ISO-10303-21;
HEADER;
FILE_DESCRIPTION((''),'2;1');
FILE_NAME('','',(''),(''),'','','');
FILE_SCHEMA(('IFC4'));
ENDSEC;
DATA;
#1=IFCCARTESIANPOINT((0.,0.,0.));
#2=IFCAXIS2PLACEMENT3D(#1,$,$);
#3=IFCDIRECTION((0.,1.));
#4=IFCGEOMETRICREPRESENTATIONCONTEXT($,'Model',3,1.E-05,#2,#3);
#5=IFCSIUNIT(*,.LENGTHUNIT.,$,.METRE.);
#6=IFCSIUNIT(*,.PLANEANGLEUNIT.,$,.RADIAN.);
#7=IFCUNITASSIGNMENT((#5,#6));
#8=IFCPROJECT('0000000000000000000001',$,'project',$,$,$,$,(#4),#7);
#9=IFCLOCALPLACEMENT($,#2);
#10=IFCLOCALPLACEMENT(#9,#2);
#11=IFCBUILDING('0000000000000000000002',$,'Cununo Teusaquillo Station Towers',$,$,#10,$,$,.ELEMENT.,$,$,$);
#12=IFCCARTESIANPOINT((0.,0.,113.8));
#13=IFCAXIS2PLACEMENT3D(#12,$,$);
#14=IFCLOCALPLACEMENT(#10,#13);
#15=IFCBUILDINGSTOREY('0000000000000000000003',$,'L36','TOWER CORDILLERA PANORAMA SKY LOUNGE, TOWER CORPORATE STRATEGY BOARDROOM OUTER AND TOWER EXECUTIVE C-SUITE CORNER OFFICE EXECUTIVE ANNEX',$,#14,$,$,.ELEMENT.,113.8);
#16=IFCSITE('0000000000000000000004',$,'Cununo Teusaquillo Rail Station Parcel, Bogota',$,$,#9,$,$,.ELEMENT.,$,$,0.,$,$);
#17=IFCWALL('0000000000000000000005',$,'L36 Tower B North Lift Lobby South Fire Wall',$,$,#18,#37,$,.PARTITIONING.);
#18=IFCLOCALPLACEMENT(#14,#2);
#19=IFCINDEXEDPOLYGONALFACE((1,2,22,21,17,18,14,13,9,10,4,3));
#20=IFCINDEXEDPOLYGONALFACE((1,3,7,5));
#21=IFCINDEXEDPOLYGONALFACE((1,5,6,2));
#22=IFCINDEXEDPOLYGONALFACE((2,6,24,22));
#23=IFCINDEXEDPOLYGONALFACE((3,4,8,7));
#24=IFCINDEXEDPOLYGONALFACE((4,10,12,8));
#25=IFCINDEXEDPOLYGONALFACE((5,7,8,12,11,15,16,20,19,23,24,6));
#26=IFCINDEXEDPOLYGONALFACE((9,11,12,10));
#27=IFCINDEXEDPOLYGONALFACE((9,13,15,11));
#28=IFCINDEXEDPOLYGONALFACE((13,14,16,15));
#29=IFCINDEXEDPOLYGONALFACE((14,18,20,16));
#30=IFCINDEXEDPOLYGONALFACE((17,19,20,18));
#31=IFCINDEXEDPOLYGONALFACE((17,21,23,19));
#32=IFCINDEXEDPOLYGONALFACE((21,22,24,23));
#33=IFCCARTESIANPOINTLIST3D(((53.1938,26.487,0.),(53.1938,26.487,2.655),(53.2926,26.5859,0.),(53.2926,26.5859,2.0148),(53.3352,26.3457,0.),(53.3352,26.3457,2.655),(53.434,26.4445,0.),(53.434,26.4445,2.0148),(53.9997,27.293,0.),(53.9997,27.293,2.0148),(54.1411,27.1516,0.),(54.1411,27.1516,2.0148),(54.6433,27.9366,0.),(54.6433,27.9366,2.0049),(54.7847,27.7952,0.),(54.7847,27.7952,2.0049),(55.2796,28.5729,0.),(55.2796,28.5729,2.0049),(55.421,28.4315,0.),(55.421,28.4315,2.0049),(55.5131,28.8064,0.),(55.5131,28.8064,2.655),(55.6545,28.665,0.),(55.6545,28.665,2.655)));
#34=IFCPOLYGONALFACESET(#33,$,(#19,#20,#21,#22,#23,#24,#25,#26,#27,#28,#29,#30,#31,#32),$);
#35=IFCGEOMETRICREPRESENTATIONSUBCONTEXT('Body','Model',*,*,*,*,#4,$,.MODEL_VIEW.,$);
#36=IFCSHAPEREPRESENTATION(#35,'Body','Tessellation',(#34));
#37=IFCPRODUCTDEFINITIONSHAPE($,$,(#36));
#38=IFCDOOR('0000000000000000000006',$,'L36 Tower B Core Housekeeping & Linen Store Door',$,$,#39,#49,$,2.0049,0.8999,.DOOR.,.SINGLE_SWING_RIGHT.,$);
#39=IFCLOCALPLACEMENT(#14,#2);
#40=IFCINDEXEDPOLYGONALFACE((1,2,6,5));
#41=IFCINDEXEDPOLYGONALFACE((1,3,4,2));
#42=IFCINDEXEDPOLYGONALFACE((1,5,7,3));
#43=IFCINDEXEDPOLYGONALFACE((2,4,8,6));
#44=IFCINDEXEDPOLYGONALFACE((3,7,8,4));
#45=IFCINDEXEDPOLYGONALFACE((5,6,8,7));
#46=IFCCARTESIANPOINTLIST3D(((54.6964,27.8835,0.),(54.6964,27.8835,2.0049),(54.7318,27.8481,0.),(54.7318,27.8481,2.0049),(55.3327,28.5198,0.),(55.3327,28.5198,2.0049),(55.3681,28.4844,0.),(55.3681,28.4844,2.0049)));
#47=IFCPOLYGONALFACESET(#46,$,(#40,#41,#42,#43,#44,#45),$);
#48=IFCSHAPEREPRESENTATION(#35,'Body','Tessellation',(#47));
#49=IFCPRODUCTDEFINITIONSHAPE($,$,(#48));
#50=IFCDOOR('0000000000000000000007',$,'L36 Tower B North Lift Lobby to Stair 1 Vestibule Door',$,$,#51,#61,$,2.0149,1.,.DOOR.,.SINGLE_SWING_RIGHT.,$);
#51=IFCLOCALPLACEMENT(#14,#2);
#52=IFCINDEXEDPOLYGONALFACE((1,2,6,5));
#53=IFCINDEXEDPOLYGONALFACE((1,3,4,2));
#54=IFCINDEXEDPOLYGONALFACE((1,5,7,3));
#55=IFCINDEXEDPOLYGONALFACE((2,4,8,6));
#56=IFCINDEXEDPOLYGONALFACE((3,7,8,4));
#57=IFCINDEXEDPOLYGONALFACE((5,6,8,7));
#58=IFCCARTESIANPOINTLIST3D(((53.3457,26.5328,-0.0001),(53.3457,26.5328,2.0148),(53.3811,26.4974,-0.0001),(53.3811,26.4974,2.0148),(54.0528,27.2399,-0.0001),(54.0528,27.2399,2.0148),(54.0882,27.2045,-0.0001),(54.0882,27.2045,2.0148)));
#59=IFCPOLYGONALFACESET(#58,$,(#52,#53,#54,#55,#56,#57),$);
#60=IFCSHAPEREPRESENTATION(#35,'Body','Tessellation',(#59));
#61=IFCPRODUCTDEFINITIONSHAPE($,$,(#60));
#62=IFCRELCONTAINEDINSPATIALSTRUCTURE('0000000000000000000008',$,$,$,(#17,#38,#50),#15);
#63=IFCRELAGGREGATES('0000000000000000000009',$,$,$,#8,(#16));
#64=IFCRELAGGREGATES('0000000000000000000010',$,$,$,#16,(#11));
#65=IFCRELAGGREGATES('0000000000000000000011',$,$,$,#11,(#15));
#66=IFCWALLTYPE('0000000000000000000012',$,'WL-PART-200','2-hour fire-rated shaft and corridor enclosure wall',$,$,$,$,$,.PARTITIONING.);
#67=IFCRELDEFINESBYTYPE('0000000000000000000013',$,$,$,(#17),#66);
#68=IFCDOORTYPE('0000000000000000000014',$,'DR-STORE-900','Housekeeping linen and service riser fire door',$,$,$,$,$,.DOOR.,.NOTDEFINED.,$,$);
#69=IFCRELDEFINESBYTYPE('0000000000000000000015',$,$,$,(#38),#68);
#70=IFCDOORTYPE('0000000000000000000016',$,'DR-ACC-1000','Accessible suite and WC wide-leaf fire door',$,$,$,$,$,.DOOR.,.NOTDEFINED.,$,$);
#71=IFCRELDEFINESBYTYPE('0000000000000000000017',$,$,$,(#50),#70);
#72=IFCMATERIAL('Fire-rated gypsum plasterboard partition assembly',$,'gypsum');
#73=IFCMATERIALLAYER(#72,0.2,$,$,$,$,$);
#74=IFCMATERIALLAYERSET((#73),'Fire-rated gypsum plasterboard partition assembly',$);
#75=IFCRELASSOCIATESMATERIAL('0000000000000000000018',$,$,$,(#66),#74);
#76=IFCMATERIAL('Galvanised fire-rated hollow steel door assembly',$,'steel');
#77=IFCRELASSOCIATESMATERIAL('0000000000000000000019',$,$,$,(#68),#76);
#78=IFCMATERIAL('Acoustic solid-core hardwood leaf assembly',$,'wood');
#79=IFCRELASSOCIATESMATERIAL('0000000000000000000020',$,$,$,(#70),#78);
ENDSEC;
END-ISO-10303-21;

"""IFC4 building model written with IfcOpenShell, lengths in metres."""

from ifc_helpers import new_model, si_unit, direction, frame, frame_2d, origin, place, context, subcontext, project, spatial, rectangle, extrude, source, transform, mapped, material, layer, layer_set, type_object, element, fill, save


model = new_model("IFC4")

# Units and contexts
model_context = context("Model", 3, precision=1e-05, world=origin(), true_north=direction((0.0, 1.0)))
body_context = subcontext(model_context, "Body", "Model", "MODEL_VIEW")
ifc_project = project(units=[si_unit("LENGTHUNIT", "METRE"), si_unit("PLANEANGLEUNIT", "RADIAN")], contexts=[model_context])

# Site, building, storey
site_placement = place(None, origin())
site = spatial("IfcSite", under=ifc_project, at=site_placement, Name="Cununo Teusaquillo Rail Station Parcel, Bogota", CompositionType="ELEMENT", RefElevation=0.0)
building_placement = place(site_placement, origin())
building = spatial("IfcBuilding", under=site, at=building_placement, Name="Cununo Teusaquillo Station Towers", CompositionType="ELEMENT")
storey_placement = place(building_placement, frame((0.0, 0.0, 113.8)))
storey = spatial("IfcBuildingStorey", under=building, at=storey_placement, Name="L36", Description="TOWER CORDILLERA PANORAMA SKY LOUNGE, TOWER CORPORATE STRATEGY BOARDROOM OUTER AND TOWER EXECUTIVE C-SUITE CORNER OFFICE EXECUTIVE ANNEX", CompositionType="ELEMENT", Elevation=113.8)

# Shared definitions
shared_shape_1 = source(origin(), body_context, "Body", "SweptSolid", [
    extrude(rectangle(XDim=0.8999, YDim=2.0049, at=frame_2d((0.45, 1.0024))), frame((0.0, 0.0249, 0.0), z_axis=(0.0, -1.0, 0.0), x_axis=(1.0, 0.0, 0.0)), (0.0, 0.0, 1.0), 0.05),
])

# Wall, openings, doors
ifc_material_1 = material(Name="Fire-rated gypsum plasterboard partition assembly", Category="gypsum")
ifc_layer_1 = layer(ifc_material_1, 0.2)
ifc_layer_set_1 = layer_set([ifc_layer_1], Name="Fire-rated gypsum plasterboard partition assembly")
wall_type_1 = type_object("IfcWallType", Name="WL-PART-200", Description="2-hour fire-rated shaft and corridor enclosure wall", PredefinedType="PARTITIONING", material=ifc_layer_set_1)
wall_1_placement = place(storey_placement, frame((53.2644, 26.4163, 0.0), z_axis=(0.0, 0.0, 1.0), x_axis=(0.707107, 0.707107, 0.0)))
wall_1 = element("IfcWall", 1, at=wall_1_placement, inside=storey, type_object=wall_type_1, Name="L36 Tower B North Lift Lobby South Fire Wall", PredefinedType="PARTITIONING", context=body_context, shape_type="SweptSolid", body=[
    extrude(rectangle(XDim=3.28, YDim=0.2, at=frame_2d((1.6401, 0.0))), origin(), (0.0, 0.0, 1.0), 2.655),
])
shared_shape_2 = source(origin(), body_context, "Body", "SweptSolid", [
    extrude(rectangle(XDim=1.0, YDim=2.0149, at=frame_2d((0.5, 1.0073))), frame((0.0, 0.1099, 0.0), z_axis=(0.0, -1.0, 0.0), x_axis=(1.0, 0.0, 0.0)), (0.0, 0.0, 1.0), 0.22),
])
opening_1_placement = place(wall_1_placement, frame((0.1399, 0.0, 0.0)))
opening_1 = element("IfcOpeningElement", 2, at=opening_1_placement, cuts=wall_1, PredefinedType="OPENING", context=body_context, shape_type="MappedRepresentation", body=[
    mapped(shared_shape_2, transform((0.0, 0.0, 0.0), x_axis=(1.0, 0.0, 0.0), y_axis=(0.0, 1.0, 0.0), z_axis=(0.0, 0.0, 1.0), scale=1.0)),
])
shared_shape_3 = source(origin(), body_context, "Body", "SweptSolid", [
    extrude(rectangle(XDim=0.8999, YDim=2.0049, at=frame_2d((0.45, 1.0024))), frame((0.0, 0.1099, 0.0), z_axis=(0.0, -1.0, 0.0), x_axis=(1.0, 0.0, 0.0)), (0.0, 0.0, 1.0), 0.22),
])
opening_2_placement = place(wall_1_placement, frame((2.05, 0.0, 0.0)))
opening_2 = element("IfcOpeningElement", 3, at=opening_2_placement, cuts=wall_1, PredefinedType="OPENING", context=body_context, shape_type="MappedRepresentation", body=[
    mapped(shared_shape_3, transform((0.0, 0.0, 0.0), x_axis=(1.0, 0.0, 0.0), y_axis=(0.0, 1.0, 0.0), z_axis=(0.0, 0.0, 1.0), scale=1.0)),
])
ifc_material_2 = material(Name="Galvanised fire-rated hollow steel door assembly", Category="steel")
door_type_1 = type_object("IfcDoorType", Name="DR-STORE-900", Description="Housekeeping linen and service riser fire door", OperationType="NOTDEFINED", PredefinedType="DOOR", material=ifc_material_2)
door_1_placement = place(opening_2_placement, origin())
door_1 = element("IfcDoor", 4, at=door_1_placement, inside=storey, type_object=door_type_1, Name="L36 Tower B Core Housekeeping & Linen Store Door", OperationType="SINGLE_SWING_RIGHT", OverallHeight=2.0049, OverallWidth=0.8999, PredefinedType="DOOR", context=body_context, shape_type="MappedRepresentation", body=[
    mapped(shared_shape_1, transform((0.0, 0.0, 0.0), x_axis=(1.0, 0.0, 0.0), y_axis=(0.0, 1.0, 0.0), z_axis=(0.0, 0.0, 1.0), scale=1.0)),
])
fill(opening_2, door_1)
ifc_material_3 = material(Name="Acoustic solid-core hardwood leaf assembly", Category="wood")
door_type_2 = type_object("IfcDoorType", Name="DR-ACC-1000", Description="Accessible suite and WC wide-leaf fire door", OperationType="NOTDEFINED", PredefinedType="DOOR", material=ifc_material_3)
shared_shape_4 = source(origin(), body_context, "Body", "SweptSolid", [
    extrude(rectangle(XDim=1.0, YDim=2.0149, at=frame_2d((0.5, 1.0073))), frame((0.0, 0.0249, 0.0), z_axis=(0.0, -1.0, 0.0), x_axis=(1.0, 0.0, 0.0)), (0.0, 0.0, 1.0), 0.05),
])
door_2_placement = place(opening_1_placement, origin())
door_2 = element("IfcDoor", 5, at=door_2_placement, inside=storey, type_object=door_type_2, Name="L36 Tower B North Lift Lobby to Stair 1 Vestibule Door", OperationType="SINGLE_SWING_RIGHT", OverallHeight=2.0149, OverallWidth=1.0, PredefinedType="DOOR", context=body_context, shape_type="MappedRepresentation", body=[
    mapped(shared_shape_4, transform((0.0, 0.0, 0.0), x_axis=(1.0, 0.0, 0.0), y_axis=(0.0, 1.0, 0.0), z_axis=(0.0, 0.0, 1.0), scale=1.0)),
])
fill(opening_1, door_2)

save(model, "model.ifc")
